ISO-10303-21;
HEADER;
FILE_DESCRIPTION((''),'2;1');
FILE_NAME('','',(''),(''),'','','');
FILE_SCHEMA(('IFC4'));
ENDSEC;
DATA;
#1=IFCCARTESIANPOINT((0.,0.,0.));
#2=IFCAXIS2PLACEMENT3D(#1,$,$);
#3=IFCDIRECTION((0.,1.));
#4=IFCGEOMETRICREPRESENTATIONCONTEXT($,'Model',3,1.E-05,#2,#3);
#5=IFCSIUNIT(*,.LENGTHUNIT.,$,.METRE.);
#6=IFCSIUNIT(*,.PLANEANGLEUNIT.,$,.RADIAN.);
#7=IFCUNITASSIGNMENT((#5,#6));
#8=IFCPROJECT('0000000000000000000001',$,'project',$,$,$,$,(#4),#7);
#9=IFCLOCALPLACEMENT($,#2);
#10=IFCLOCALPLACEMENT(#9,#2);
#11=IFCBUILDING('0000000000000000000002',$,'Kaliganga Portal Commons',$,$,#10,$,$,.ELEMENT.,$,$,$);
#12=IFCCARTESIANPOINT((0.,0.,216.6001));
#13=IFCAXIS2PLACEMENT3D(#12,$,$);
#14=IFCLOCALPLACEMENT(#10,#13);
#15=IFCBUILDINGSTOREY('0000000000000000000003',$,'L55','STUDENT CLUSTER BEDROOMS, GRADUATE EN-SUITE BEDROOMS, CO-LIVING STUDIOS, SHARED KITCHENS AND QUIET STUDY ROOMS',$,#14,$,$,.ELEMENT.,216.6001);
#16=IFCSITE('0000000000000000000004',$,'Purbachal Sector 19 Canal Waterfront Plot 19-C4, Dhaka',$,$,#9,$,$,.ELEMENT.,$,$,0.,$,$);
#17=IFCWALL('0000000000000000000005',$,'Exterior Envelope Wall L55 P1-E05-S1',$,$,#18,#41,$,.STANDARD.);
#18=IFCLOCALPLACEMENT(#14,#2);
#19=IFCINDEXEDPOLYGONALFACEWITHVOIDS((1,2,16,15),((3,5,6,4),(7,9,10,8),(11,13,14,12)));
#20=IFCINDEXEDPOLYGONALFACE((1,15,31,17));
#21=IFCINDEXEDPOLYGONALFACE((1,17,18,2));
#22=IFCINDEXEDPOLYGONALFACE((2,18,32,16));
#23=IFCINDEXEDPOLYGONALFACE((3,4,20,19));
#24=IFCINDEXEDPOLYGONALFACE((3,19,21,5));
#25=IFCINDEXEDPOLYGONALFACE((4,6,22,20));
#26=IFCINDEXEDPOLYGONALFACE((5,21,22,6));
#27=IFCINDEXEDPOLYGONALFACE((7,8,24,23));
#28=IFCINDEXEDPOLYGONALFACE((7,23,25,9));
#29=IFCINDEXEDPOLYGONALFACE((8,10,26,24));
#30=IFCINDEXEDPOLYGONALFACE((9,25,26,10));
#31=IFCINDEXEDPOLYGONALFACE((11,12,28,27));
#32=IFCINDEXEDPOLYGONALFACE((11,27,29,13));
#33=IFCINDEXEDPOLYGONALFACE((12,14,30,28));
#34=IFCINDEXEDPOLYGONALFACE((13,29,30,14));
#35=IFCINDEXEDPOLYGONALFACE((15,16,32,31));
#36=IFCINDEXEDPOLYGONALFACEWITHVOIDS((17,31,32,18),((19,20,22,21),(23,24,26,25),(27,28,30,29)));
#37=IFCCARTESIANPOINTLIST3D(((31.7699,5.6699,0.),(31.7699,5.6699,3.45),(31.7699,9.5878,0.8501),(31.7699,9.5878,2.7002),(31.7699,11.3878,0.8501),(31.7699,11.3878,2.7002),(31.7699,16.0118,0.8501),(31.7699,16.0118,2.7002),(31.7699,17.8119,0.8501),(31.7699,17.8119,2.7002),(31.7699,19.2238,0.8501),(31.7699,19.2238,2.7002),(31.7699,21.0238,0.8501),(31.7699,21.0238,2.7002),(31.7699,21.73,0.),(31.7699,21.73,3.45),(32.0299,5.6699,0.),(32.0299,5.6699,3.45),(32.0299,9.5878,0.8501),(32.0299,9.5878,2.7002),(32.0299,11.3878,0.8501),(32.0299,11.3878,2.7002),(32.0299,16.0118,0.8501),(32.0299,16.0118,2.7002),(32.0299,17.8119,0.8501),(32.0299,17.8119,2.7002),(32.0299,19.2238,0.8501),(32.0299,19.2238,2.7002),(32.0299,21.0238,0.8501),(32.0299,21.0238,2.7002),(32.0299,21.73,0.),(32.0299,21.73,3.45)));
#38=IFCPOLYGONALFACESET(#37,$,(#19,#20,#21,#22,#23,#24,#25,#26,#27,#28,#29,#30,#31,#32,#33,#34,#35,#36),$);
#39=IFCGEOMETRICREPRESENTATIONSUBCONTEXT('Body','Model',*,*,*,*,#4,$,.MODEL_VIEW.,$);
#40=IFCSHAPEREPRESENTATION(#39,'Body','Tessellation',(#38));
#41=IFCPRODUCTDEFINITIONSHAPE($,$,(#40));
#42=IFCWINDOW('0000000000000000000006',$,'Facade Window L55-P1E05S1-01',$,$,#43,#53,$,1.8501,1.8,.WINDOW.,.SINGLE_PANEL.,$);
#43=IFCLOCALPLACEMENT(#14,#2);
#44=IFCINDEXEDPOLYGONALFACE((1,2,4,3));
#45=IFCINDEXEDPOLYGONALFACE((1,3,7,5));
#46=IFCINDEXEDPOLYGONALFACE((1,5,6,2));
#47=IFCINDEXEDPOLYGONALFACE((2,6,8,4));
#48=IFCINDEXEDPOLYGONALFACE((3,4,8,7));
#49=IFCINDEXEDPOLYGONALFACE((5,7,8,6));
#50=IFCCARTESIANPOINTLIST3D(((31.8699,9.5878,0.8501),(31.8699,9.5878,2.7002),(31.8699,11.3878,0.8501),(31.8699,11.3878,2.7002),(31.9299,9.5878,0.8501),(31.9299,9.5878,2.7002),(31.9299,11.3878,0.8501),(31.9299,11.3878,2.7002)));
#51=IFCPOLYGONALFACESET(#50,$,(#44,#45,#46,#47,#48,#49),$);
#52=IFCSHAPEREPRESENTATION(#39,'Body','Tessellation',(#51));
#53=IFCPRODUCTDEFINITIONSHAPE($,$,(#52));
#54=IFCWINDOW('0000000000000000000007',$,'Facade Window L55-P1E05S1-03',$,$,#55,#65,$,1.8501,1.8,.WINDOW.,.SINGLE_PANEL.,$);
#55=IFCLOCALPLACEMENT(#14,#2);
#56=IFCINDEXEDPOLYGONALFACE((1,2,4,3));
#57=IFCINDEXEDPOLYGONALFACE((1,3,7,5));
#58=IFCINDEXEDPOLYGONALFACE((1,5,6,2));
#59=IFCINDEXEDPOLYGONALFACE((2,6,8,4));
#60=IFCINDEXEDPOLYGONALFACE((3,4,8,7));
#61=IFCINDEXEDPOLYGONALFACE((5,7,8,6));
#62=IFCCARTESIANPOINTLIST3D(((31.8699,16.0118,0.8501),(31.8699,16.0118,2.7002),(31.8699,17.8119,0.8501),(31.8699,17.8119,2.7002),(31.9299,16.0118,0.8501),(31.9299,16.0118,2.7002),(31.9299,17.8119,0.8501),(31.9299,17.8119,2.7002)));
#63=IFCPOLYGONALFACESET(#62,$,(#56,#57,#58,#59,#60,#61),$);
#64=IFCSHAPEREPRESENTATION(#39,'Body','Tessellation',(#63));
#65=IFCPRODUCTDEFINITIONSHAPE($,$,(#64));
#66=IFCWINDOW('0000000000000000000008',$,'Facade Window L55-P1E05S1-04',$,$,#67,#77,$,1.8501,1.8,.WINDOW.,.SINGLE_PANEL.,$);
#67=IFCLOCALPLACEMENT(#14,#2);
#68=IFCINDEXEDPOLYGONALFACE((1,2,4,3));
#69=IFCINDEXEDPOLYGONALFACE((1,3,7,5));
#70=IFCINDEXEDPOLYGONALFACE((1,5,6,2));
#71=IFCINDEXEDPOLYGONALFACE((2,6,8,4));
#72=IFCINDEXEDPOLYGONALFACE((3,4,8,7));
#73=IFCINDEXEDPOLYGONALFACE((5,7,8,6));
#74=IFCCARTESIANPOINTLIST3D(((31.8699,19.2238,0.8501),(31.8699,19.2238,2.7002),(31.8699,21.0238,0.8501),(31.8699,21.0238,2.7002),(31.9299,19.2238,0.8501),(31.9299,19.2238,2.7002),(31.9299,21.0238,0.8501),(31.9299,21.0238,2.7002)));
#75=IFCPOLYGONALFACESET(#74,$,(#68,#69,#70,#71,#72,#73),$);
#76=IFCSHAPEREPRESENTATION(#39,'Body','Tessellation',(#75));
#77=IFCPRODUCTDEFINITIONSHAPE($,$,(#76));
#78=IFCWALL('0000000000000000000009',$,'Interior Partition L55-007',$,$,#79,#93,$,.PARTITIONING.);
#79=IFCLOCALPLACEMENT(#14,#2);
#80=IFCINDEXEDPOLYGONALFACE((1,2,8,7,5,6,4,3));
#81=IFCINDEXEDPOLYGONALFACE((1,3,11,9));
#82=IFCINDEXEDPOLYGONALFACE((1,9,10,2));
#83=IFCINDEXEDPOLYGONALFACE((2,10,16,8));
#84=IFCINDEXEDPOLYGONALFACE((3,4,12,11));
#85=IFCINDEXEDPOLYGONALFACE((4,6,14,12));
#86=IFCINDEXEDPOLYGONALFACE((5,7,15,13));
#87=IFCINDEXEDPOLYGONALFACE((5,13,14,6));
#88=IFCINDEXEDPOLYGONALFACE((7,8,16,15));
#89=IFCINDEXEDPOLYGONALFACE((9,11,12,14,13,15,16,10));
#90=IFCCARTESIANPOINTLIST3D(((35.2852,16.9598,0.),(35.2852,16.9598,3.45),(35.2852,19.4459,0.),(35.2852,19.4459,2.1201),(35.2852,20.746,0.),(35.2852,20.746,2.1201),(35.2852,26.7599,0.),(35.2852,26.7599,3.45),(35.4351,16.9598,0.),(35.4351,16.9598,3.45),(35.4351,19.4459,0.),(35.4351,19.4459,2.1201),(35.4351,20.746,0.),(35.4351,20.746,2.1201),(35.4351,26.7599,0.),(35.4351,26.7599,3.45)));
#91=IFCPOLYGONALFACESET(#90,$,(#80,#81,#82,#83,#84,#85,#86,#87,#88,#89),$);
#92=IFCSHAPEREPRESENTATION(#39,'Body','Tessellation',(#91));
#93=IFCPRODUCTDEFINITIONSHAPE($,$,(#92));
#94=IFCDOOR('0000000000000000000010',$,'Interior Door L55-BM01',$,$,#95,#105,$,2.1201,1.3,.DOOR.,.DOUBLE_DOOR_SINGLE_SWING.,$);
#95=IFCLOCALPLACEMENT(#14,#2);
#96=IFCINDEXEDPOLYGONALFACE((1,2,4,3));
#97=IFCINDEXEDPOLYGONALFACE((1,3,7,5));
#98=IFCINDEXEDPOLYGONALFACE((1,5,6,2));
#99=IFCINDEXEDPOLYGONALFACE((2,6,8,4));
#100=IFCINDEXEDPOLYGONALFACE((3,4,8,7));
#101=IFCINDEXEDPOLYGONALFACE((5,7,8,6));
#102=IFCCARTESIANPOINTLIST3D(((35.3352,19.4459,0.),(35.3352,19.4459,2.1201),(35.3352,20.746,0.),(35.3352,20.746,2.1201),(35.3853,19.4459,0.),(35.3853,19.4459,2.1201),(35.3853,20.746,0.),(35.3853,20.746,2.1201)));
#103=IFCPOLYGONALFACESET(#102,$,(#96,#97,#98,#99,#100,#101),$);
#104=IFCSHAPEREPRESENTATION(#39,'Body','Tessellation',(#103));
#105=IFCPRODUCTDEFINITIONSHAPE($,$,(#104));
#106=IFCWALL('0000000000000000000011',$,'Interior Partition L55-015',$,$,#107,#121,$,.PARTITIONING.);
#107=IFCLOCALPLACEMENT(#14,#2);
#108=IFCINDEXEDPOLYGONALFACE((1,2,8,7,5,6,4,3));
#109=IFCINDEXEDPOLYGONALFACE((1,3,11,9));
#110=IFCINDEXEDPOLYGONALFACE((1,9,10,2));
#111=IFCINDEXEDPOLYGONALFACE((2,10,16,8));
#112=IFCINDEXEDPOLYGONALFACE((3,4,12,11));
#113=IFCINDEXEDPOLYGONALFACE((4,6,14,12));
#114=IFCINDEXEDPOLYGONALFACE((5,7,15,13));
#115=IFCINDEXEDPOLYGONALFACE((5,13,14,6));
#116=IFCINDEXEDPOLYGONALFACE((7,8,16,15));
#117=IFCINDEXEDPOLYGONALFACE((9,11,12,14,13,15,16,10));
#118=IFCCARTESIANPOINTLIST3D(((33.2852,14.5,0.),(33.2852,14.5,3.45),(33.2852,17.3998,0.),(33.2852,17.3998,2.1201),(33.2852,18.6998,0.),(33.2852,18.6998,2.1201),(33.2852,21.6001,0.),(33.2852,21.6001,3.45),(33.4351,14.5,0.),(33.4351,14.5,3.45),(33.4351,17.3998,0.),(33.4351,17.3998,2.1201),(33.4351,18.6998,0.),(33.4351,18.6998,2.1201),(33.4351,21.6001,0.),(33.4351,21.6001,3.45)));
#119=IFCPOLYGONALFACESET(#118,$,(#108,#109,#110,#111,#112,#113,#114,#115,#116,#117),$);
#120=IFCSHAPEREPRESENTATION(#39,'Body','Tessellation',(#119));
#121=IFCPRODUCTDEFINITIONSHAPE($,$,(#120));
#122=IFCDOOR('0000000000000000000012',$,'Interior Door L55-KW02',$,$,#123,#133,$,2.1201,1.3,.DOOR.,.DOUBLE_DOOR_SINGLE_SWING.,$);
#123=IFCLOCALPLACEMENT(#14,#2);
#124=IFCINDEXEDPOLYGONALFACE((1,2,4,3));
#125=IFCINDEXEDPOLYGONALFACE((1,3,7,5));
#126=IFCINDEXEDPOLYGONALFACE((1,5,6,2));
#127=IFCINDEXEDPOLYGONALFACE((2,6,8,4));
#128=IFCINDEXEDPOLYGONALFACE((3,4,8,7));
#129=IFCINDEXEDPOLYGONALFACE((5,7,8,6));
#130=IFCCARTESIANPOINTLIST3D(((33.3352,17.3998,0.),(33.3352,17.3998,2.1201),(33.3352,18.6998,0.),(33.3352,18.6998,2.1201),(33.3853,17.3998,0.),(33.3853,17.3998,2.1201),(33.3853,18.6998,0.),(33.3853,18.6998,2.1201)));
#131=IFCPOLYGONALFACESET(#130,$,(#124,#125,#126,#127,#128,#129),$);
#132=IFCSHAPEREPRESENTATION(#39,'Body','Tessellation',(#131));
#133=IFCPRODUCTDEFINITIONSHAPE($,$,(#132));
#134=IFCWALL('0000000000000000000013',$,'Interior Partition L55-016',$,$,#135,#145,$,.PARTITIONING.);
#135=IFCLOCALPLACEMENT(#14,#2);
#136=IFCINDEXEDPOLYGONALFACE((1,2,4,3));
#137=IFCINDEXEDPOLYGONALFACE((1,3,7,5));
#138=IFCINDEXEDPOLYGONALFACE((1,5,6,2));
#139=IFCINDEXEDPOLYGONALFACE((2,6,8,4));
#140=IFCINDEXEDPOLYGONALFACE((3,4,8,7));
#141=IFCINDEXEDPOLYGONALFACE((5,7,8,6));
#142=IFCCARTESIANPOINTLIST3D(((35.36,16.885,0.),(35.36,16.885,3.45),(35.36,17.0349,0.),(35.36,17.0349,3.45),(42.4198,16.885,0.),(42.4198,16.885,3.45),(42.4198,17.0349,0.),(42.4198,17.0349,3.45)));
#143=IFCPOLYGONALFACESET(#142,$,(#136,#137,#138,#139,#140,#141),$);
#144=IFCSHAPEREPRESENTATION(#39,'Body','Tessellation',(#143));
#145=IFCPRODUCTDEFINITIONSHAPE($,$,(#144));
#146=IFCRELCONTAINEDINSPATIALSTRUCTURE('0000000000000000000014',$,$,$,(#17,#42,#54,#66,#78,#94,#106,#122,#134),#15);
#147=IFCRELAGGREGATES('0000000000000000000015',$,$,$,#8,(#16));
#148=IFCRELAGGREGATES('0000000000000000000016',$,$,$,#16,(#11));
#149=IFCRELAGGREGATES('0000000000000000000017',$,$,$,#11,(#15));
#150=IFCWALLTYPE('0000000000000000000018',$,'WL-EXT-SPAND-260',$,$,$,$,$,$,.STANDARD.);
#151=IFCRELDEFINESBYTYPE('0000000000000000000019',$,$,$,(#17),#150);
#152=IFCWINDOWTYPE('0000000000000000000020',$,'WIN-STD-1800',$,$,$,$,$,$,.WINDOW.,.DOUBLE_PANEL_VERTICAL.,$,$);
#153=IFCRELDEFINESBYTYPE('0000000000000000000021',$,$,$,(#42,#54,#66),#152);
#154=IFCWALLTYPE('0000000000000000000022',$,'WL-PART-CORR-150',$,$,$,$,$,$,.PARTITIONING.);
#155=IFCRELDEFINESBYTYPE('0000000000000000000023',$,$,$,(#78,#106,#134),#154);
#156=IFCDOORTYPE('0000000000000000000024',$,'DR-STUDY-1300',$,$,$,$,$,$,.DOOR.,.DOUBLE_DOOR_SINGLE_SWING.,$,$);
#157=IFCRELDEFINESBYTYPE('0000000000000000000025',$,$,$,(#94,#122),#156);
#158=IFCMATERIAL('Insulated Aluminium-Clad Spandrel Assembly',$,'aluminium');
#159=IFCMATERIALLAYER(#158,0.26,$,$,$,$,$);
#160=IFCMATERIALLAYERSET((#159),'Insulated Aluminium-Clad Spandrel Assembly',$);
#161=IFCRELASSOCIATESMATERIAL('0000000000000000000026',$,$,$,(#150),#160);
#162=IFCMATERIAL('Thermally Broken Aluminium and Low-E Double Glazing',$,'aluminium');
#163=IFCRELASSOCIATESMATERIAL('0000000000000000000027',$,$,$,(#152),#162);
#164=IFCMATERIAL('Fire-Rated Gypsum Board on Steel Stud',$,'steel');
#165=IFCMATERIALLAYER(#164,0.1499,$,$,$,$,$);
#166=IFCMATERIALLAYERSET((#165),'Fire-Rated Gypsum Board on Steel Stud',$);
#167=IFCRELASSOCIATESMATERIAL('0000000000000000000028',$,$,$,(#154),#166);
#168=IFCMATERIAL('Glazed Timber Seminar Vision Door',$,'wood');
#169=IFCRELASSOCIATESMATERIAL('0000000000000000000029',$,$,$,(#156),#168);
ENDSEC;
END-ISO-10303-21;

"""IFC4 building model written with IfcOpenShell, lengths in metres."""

from ifc_helpers import new_model, si_unit, direction, frame, frame_2d, origin, place, context, subcontext, project, spatial, rectangle, extrude, material, layer, layer_set, type_object, element, fill, save


model = new_model("IFC4")

# Units and contexts
model_context = context("Model", 3, precision=1e-05, world=origin(), true_north=direction((0.0, 1.0)))
body_context = subcontext(model_context, "Body", "Model", "MODEL_VIEW")
ifc_project = project(units=[si_unit("LENGTHUNIT", "METRE"), si_unit("PLANEANGLEUNIT", "RADIAN")], contexts=[model_context])

# Site, building, storey
site_placement = place(None, origin())
site = spatial("IfcSite", under=ifc_project, at=site_placement, Name="Purbachal Sector 19 Canal Waterfront Plot 19-C4, Dhaka", CompositionType="ELEMENT", RefElevation=0.0)
building_placement = place(site_placement, origin())
building = spatial("IfcBuilding", under=site, at=building_placement, Name="Kaliganga Portal Commons", CompositionType="ELEMENT")
storey_placement = place(building_placement, frame((0.0, 0.0, 216.6001)))
storey = spatial("IfcBuildingStorey", under=building, at=storey_placement, Name="L55", Description="STUDENT CLUSTER BEDROOMS, GRADUATE EN-SUITE BEDROOMS, CO-LIVING STUDIOS, SHARED KITCHENS AND QUIET STUDY ROOMS", CompositionType="ELEMENT", Elevation=216.6001)

# Shared definitions
ifc_material_1 = material(Name="Insulated Aluminium-Clad Spandrel Assembly", Category="aluminium")
ifc_layer_1 = layer(ifc_material_1, 0.26)
ifc_layer_set_1 = layer_set([ifc_layer_1], Name="Insulated Aluminium-Clad Spandrel Assembly")
wall_type_1 = type_object("IfcWallType", Name="WL-EXT-SPAND-260", PredefinedType="STANDARD", material=ifc_layer_set_1)
ifc_material_2 = material(Name="Thermally Broken Aluminium and Low-E Double Glazing", Category="aluminium")

# Wall, openings, windows
wall_1_placement = place(storey_placement, frame((31.8999, 5.6699, 0.0), z_axis=(0.0, 0.0, 1.0), x_axis=(0.0, 1.0, 0.0)))
wall_1 = element("IfcWall", 1, at=wall_1_placement, inside=storey, type_object=wall_type_1, Name="Exterior Envelope Wall L55 P1-E05-S1", PredefinedType="STANDARD", context=body_context, shape_type="SweptSolid", body=[
    extrude(rectangle(XDim=16.0601, YDim=0.26, at=frame_2d((8.03, 0.0))), origin(), (0.0, 0.0, 1.0), 3.45),
])
opening_1_placement = place(wall_1_placement, frame((3.918, 0.0, 0.8501)))
opening_1 = element("IfcOpeningElement", 2, at=opening_1_placement, cuts=wall_1, PredefinedType="OPENING", context=body_context, shape_type="SweptSolid", body=[
    extrude(rectangle(XDim=1.8, YDim=1.8501, at=frame_2d((0.8999, 0.925))), frame((0.0, 0.1401, 0.0), z_axis=(0.0, -1.0, 0.0), x_axis=(1.0, 0.0, 0.0)), (0.0, 0.0, 1.0), 0.28),
])
opening_2_placement = place(wall_1_placement, frame((10.342, 0.0, 0.8501)))
opening_2 = element("IfcOpeningElement", 3, at=opening_2_placement, cuts=wall_1, PredefinedType="OPENING", context=body_context, shape_type="SweptSolid", body=[
    extrude(rectangle(XDim=1.8, YDim=1.8501, at=frame_2d((0.8999, 0.925))), frame((0.0, 0.1401, 0.0), z_axis=(0.0, -1.0, 0.0), x_axis=(1.0, 0.0, 0.0)), (0.0, 0.0, 1.0), 0.28),
])
opening_3_placement = place(wall_1_placement, frame((13.554, 0.0, 0.8501)))
opening_3 = element("IfcOpeningElement", 4, at=opening_3_placement, cuts=wall_1, PredefinedType="OPENING", context=body_context, shape_type="SweptSolid", body=[
    extrude(rectangle(XDim=1.8, YDim=1.8501, at=frame_2d((0.8999, 0.925))), frame((0.0, 0.1401, 0.0), z_axis=(0.0, -1.0, 0.0), x_axis=(1.0, 0.0, 0.0)), (0.0, 0.0, 1.0), 0.28),
])
window_type_1 = type_object("IfcWindowType", Name="WIN-STD-1800", PartitioningType="DOUBLE_PANEL_VERTICAL", PredefinedType="WINDOW", material=ifc_material_2)
window_1_placement = place(opening_1_placement, origin())
window_1 = element("IfcWindow", 5, at=window_1_placement, inside=storey, type_object=window_type_1, Name="Facade Window L55-P1E05S1-01", OverallHeight=1.8501, OverallWidth=1.8, PartitioningType="SINGLE_PANEL", PredefinedType="WINDOW", context=body_context, shape_type="SweptSolid", body=[
    extrude(rectangle(XDim=1.8, YDim=1.8501, at=frame_2d((0.8999, 0.925))), frame((0.0, 0.03, 0.0), z_axis=(0.0, -1.0, 0.0), x_axis=(1.0, 0.0, 0.0)), (0.0, 0.0, 1.0), 0.0601),
])
fill(opening_1, window_1)
window_2_placement = place(opening_2_placement, origin())
window_2 = element("IfcWindow", 6, at=window_2_placement, inside=storey, type_object=window_type_1, Name="Facade Window L55-P1E05S1-03", OverallHeight=1.8501, OverallWidth=1.8, PartitioningType="SINGLE_PANEL", PredefinedType="WINDOW", context=body_context, shape_type="SweptSolid", body=[
    extrude(rectangle(XDim=1.8, YDim=1.8501, at=frame_2d((0.8999, 0.925))), frame((0.0, 0.03, 0.0), z_axis=(0.0, -1.0, 0.0), x_axis=(1.0, 0.0, 0.0)), (0.0, 0.0, 1.0), 0.0601),
])
fill(opening_2, window_2)
window_3_placement = place(opening_3_placement, origin())
window_3 = element("IfcWindow", 7, at=window_3_placement, inside=storey, type_object=window_type_1, Name="Facade Window L55-P1E05S1-04", OverallHeight=1.8501, OverallWidth=1.8, PartitioningType="SINGLE_PANEL", PredefinedType="WINDOW", context=body_context, shape_type="SweptSolid", body=[
    extrude(rectangle(XDim=1.8, YDim=1.8501, at=frame_2d((0.8999, 0.925))), frame((0.0, 0.03, 0.0), z_axis=(0.0, -1.0, 0.0), x_axis=(1.0, 0.0, 0.0)), (0.0, 0.0, 1.0), 0.0601),
])
fill(opening_3, window_3)

# Walls, openings, doors
ifc_material_3 = material(Name="Fire-Rated Gypsum Board on Steel Stud", Category="steel")
ifc_layer_2 = layer(ifc_material_3, 0.1499)
ifc_layer_set_2 = layer_set([ifc_layer_2], Name="Fire-Rated Gypsum Board on Steel Stud")
wall_type_2 = type_object("IfcWallType", Name="WL-PART-CORR-150", PredefinedType="PARTITIONING", material=ifc_layer_set_2)
wall_2_placement = place(storey_placement, frame((35.3601, 16.96, 0.0), z_axis=(0.0, 0.0, 1.0), x_axis=(0.0, 1.0, 0.0)))
wall_2 = element("IfcWall", 8, at=wall_2_placement, inside=storey, type_object=wall_type_2, Name="Interior Partition L55-007", PredefinedType="PARTITIONING", context=body_context, shape_type="SweptSolid", body=[
    extrude(rectangle(XDim=9.8, YDim=0.1499, at=frame_2d((4.8999, 0.0))), origin(), (0.0, 0.0, 1.0), 3.45),
])
opening_4_placement = place(wall_2_placement, frame((2.4861, 0.0, 0.0)))
opening_4 = element("IfcOpeningElement", 9, at=opening_4_placement, cuts=wall_2, PredefinedType="OPENING", context=body_context, shape_type="SweptSolid", body=[
    extrude(rectangle(XDim=1.3, YDim=2.1201, at=frame_2d((0.6499, 1.0601))), frame((0.0, 0.085, 0.0), z_axis=(0.0, -1.0, 0.0), x_axis=(1.0, 0.0, 0.0)), (0.0, 0.0, 1.0), 0.1699),
])
ifc_material_4 = material(Name="Glazed Timber Seminar Vision Door", Category="wood")
door_type = type_object("IfcDoorType", Name="DR-STUDY-1300", OperationType="DOUBLE_DOOR_SINGLE_SWING", PredefinedType="DOOR", material=ifc_material_4)
door_1_placement = place(opening_4_placement, origin())
door_1 = element("IfcDoor", 10, at=door_1_placement, inside=storey, type_object=door_type, Name="Interior Door L55-BM01", OperationType="DOUBLE_DOOR_SINGLE_SWING", OverallHeight=2.1201, OverallWidth=1.3, PredefinedType="DOOR", context=body_context, shape_type="SweptSolid", body=[
    extrude(rectangle(XDim=1.3, YDim=2.1201, at=frame_2d((0.6499, 1.0601))), frame((0.0, 0.0249, 0.0), z_axis=(0.0, -1.0, 0.0), x_axis=(1.0, 0.0, 0.0)), (0.0, 0.0, 1.0), 0.05),
])
fill(opening_4, door_1)
wall_3_placement = place(storey_placement, frame((33.3601, 14.5, 0.0), z_axis=(0.0, 0.0, 1.0), x_axis=(0.0, 1.0, 0.0)))
wall_3 = element("IfcWall", 11, at=wall_3_placement, inside=storey, type_object=wall_type_2, Name="Interior Partition L55-015", PredefinedType="PARTITIONING", context=body_context, shape_type="SweptSolid", body=[
    extrude(rectangle(XDim=7.1001, YDim=0.1499, at=frame_2d((3.55, 0.0))), origin(), (0.0, 0.0, 1.0), 3.45),
])
opening_5_placement = place(wall_3_placement, frame((2.8999, 0.0, 0.0)))
opening_5 = element("IfcOpeningElement", 12, at=opening_5_placement, cuts=wall_3, PredefinedType="OPENING", context=body_context, shape_type="SweptSolid", body=[
    extrude(rectangle(XDim=1.3, YDim=2.1201, at=frame_2d((0.6499, 1.0601))), frame((0.0, 0.085, 0.0), z_axis=(0.0, -1.0, 0.0), x_axis=(1.0, 0.0, 0.0)), (0.0, 0.0, 1.0), 0.1699),
])
door_2_placement = place(opening_5_placement, origin())
door_2 = element("IfcDoor", 13, at=door_2_placement, inside=storey, type_object=door_type, Name="Interior Door L55-KW02", OperationType="DOUBLE_DOOR_SINGLE_SWING", OverallHeight=2.1201, OverallWidth=1.3, PredefinedType="DOOR", context=body_context, shape_type="SweptSolid", body=[
    extrude(rectangle(XDim=1.3, YDim=2.1201, at=frame_2d((0.6499, 1.0601))), frame((0.0, 0.0249, 0.0), z_axis=(0.0, -1.0, 0.0), x_axis=(1.0, 0.0, 0.0)), (0.0, 0.0, 1.0), 0.05),
])
fill(opening_5, door_2)

# Wall
wall_4_placement = place(storey_placement, frame((35.3601, 16.96, 0.0), z_axis=(0.0, 0.0, 1.0), x_axis=(1.0, 0.0, 0.0)))
element("IfcWall", 14, at=wall_4_placement, inside=storey, type_object=wall_type_2, Name="Interior Partition L55-016", PredefinedType="PARTITIONING", context=body_context, shape_type="SweptSolid", body=[
    extrude(rectangle(XDim=7.0598, YDim=0.1499, at=frame_2d((3.5298, 0.0))), origin(), (0.0, 0.0, 1.0), 3.45),
])

save(model, "model.ifc")
